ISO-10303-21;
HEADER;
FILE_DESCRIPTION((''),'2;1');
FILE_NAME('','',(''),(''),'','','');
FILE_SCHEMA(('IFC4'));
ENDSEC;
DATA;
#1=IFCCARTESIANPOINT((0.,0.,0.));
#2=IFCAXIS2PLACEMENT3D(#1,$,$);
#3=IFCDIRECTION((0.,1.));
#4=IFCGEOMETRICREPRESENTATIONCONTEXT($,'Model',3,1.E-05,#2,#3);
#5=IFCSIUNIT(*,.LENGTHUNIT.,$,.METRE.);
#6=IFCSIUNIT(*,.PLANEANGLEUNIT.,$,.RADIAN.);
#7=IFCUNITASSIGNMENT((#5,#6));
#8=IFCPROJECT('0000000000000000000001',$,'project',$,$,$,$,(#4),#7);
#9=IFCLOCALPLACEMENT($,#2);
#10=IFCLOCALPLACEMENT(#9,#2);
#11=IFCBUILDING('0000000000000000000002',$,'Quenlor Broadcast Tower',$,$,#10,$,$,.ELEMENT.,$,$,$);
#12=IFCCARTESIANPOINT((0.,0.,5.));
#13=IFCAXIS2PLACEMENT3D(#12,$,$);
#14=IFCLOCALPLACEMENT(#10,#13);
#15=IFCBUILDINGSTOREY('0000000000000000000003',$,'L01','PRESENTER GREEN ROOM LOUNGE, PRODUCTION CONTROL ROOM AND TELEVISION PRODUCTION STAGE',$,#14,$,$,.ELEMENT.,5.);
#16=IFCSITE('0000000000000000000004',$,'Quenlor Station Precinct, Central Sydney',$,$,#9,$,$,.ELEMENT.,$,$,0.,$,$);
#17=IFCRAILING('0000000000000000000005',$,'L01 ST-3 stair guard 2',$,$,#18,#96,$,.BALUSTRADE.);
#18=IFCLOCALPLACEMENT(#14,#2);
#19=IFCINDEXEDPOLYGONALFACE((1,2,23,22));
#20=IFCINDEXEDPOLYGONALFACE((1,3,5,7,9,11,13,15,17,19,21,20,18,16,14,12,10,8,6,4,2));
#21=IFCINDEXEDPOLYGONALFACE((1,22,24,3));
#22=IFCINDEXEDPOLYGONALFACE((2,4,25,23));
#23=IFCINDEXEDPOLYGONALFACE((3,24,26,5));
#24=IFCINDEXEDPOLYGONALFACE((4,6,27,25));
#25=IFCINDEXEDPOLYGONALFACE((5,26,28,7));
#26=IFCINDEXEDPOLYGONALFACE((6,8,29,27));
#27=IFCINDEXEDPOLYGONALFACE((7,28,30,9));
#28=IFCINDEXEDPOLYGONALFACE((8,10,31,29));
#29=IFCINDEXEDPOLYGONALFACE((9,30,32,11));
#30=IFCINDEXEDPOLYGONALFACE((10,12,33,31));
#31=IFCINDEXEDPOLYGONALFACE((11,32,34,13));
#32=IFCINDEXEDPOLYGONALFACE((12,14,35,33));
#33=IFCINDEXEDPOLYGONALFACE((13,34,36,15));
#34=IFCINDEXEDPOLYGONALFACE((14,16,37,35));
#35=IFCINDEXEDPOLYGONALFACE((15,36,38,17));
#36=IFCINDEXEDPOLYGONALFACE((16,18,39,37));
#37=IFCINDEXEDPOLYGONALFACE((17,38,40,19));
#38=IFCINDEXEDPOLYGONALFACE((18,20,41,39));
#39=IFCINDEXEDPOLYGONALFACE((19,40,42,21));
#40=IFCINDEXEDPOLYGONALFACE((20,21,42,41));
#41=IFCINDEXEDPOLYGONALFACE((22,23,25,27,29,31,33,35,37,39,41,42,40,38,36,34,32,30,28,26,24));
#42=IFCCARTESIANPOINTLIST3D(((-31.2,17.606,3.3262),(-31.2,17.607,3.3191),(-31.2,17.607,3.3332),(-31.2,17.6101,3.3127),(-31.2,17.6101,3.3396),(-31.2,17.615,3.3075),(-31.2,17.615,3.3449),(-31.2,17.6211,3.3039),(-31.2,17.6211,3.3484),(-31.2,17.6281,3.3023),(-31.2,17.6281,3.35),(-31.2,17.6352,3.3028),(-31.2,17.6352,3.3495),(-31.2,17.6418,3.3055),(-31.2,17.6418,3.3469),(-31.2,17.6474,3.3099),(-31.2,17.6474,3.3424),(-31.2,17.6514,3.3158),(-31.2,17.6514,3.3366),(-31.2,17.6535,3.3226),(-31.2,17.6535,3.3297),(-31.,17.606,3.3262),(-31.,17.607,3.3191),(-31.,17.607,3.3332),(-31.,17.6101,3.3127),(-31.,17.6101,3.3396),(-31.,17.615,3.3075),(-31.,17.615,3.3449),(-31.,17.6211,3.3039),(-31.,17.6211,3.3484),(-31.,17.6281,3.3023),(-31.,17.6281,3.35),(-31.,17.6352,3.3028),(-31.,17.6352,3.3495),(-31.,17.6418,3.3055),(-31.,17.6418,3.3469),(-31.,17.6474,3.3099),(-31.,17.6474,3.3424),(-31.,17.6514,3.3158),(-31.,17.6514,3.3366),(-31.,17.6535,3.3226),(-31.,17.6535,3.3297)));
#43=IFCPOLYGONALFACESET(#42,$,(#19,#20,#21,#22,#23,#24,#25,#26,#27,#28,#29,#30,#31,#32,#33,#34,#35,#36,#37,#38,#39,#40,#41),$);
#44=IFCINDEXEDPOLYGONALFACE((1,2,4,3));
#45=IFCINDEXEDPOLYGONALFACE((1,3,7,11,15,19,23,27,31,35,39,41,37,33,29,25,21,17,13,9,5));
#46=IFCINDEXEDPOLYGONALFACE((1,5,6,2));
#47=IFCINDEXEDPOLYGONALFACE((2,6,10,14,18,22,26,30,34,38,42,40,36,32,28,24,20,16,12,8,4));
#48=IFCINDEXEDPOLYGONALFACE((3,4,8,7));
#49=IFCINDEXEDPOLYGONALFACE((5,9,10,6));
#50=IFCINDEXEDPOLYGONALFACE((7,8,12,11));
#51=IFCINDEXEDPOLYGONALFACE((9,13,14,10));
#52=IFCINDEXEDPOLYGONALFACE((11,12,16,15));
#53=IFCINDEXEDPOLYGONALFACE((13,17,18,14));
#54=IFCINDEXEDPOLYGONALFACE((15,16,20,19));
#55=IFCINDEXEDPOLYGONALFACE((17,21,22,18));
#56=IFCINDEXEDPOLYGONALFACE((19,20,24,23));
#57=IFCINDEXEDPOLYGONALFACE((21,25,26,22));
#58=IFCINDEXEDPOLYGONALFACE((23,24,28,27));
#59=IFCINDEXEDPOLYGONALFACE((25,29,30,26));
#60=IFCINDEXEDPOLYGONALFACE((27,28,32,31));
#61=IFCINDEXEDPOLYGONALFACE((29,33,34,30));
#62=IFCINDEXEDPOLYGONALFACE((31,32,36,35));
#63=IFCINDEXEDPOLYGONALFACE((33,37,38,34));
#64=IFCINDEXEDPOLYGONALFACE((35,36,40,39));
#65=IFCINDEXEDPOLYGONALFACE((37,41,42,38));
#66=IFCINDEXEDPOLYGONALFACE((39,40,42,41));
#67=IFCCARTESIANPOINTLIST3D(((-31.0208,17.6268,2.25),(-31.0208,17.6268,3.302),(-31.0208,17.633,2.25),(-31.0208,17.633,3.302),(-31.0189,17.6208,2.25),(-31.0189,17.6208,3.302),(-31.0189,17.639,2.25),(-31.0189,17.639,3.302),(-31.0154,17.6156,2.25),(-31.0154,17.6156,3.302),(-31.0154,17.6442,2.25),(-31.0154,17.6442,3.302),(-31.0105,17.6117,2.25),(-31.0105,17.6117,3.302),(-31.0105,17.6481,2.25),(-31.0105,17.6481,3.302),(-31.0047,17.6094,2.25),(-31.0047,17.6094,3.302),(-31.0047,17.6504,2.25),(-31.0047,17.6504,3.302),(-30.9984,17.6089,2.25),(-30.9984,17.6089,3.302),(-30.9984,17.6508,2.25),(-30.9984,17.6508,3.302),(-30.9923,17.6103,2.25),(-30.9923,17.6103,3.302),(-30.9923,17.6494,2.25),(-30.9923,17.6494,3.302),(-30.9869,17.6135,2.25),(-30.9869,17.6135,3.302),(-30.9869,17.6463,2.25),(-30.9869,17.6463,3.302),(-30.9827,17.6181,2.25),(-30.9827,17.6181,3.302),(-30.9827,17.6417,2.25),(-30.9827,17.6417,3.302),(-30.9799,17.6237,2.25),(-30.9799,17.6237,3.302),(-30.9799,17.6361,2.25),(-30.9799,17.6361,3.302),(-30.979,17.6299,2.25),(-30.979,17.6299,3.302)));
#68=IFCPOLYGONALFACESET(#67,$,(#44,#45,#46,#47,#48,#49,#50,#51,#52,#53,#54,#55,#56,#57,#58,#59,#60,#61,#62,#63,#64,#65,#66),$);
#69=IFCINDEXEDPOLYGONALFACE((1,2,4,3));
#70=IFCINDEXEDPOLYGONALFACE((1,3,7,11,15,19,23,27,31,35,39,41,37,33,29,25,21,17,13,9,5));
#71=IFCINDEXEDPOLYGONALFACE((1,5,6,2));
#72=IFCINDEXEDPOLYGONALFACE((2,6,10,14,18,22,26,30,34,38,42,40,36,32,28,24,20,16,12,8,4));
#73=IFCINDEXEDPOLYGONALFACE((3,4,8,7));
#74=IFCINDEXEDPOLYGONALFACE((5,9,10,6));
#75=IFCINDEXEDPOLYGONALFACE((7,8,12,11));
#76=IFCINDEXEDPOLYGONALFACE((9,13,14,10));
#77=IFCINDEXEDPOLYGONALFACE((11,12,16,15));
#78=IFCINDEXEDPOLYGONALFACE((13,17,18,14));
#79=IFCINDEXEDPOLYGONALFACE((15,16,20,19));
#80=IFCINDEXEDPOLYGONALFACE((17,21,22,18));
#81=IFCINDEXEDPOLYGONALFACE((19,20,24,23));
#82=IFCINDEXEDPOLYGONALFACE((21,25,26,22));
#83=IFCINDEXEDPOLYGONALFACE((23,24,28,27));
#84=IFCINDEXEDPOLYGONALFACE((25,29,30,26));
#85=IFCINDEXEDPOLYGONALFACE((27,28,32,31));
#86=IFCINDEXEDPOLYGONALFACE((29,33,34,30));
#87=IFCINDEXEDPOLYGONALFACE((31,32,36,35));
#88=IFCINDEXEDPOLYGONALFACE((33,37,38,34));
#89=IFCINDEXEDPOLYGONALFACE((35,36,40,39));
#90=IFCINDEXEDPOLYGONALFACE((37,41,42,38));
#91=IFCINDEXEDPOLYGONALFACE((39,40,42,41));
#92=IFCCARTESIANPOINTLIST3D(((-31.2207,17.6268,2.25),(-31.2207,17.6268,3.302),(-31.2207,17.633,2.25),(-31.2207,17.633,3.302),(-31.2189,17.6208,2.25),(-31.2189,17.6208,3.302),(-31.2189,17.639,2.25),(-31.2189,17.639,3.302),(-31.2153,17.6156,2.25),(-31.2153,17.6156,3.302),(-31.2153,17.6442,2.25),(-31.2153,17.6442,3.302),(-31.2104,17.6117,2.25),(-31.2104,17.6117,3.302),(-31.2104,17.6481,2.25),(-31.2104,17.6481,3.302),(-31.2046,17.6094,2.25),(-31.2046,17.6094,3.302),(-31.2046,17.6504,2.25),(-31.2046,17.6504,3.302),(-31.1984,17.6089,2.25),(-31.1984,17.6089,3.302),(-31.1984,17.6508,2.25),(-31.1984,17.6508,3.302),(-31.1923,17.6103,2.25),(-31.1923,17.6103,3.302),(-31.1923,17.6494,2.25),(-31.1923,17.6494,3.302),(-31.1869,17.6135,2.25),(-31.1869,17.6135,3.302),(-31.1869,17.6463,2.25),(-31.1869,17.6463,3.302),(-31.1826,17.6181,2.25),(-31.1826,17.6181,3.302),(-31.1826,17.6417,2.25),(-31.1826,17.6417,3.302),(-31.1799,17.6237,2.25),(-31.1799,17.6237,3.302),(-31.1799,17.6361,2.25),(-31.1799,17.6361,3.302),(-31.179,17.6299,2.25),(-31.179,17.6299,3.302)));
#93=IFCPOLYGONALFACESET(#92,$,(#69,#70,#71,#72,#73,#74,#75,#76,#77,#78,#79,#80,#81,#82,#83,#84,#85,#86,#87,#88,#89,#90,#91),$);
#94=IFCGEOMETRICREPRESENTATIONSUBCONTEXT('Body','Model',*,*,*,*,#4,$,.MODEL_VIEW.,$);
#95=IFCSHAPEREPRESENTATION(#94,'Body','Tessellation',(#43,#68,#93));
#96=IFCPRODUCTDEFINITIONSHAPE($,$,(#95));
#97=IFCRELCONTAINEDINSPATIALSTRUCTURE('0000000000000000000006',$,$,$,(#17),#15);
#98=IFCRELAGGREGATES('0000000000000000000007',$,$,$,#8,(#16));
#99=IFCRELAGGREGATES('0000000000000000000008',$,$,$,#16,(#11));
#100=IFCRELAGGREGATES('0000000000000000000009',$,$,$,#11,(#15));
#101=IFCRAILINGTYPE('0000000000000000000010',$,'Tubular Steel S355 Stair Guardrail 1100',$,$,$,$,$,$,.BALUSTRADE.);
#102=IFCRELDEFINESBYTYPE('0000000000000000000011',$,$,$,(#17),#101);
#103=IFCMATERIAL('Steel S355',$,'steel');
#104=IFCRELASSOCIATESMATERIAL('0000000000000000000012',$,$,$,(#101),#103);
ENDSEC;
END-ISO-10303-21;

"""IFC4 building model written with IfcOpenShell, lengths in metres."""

from ifc_helpers import new_model, si_unit, direction, frame, origin, origin_2d, place, context, subcontext, project, spatial, circle, extrude, material, type_object, element, save


model = new_model("IFC4")

# Units and contexts
model_context = context("Model", 3, precision=1e-05, world=origin(), true_north=direction((0.0, 1.0)))
body_context = subcontext(model_context, "Body", "Model", "MODEL_VIEW")
ifc_project = project(units=[si_unit("LENGTHUNIT", "METRE"), si_unit("PLANEANGLEUNIT", "RADIAN")], contexts=[model_context])

# Site, building, storey
site_placement = place(None, origin())
site = spatial("IfcSite", under=ifc_project, at=site_placement, Name="Quenlor Station Precinct, Central Sydney", CompositionType="ELEMENT", RefElevation=0.0)
building_placement = place(site_placement, origin())
building = spatial("IfcBuilding", under=site, at=building_placement, Name="Quenlor Broadcast Tower", CompositionType="ELEMENT")
storey_placement = place(building_placement, frame((0.0, 0.0, 5.0)))
storey = spatial("IfcBuildingStorey", under=building, at=storey_placement, Name="L01", Description="PRESENTER GREEN ROOM LOUNGE, PRODUCTION CONTROL ROOM AND TELEVISION PRODUCTION STAGE", CompositionType="ELEMENT", Elevation=5.0)

# Railing
ifc_material_1 = material(Name="Steel S355", Category="steel")
railing_type_1 = type_object("IfcRailingType", Name="Tubular Steel S355 Stair Guardrail 1100", PredefinedType="BALUSTRADE", material=ifc_material_1)
railing_1_placement = place(storey_placement, frame((-31.0, 17.6299, 2.25)))
element("IfcRailing", 1, at=railing_1_placement, inside=storey, type_object=railing_type_1, Name="L01 ST-3 stair guard 2", PredefinedType="BALUSTRADE", context=body_context, shape_type="SweptSolid", body=[
    extrude(circle(Radius=0.0239, at=origin_2d()), frame((0.0, 0.0, 1.0762), z_axis=(-1.0, 0.0, 0.0), x_axis=(0.0, -1.0, 0.0)), (0.0, 0.0, 1.0), 0.2),
    extrude(circle(Radius=0.021, at=origin_2d()), origin(), (0.0, 0.0, 1.0), 1.052),
    extrude(circle(Radius=0.021, at=origin_2d()), frame((-0.2, 0.0, 0.0)), (0.0, 0.0, 1.0), 1.052),
])

save(model, "model.ifc")
